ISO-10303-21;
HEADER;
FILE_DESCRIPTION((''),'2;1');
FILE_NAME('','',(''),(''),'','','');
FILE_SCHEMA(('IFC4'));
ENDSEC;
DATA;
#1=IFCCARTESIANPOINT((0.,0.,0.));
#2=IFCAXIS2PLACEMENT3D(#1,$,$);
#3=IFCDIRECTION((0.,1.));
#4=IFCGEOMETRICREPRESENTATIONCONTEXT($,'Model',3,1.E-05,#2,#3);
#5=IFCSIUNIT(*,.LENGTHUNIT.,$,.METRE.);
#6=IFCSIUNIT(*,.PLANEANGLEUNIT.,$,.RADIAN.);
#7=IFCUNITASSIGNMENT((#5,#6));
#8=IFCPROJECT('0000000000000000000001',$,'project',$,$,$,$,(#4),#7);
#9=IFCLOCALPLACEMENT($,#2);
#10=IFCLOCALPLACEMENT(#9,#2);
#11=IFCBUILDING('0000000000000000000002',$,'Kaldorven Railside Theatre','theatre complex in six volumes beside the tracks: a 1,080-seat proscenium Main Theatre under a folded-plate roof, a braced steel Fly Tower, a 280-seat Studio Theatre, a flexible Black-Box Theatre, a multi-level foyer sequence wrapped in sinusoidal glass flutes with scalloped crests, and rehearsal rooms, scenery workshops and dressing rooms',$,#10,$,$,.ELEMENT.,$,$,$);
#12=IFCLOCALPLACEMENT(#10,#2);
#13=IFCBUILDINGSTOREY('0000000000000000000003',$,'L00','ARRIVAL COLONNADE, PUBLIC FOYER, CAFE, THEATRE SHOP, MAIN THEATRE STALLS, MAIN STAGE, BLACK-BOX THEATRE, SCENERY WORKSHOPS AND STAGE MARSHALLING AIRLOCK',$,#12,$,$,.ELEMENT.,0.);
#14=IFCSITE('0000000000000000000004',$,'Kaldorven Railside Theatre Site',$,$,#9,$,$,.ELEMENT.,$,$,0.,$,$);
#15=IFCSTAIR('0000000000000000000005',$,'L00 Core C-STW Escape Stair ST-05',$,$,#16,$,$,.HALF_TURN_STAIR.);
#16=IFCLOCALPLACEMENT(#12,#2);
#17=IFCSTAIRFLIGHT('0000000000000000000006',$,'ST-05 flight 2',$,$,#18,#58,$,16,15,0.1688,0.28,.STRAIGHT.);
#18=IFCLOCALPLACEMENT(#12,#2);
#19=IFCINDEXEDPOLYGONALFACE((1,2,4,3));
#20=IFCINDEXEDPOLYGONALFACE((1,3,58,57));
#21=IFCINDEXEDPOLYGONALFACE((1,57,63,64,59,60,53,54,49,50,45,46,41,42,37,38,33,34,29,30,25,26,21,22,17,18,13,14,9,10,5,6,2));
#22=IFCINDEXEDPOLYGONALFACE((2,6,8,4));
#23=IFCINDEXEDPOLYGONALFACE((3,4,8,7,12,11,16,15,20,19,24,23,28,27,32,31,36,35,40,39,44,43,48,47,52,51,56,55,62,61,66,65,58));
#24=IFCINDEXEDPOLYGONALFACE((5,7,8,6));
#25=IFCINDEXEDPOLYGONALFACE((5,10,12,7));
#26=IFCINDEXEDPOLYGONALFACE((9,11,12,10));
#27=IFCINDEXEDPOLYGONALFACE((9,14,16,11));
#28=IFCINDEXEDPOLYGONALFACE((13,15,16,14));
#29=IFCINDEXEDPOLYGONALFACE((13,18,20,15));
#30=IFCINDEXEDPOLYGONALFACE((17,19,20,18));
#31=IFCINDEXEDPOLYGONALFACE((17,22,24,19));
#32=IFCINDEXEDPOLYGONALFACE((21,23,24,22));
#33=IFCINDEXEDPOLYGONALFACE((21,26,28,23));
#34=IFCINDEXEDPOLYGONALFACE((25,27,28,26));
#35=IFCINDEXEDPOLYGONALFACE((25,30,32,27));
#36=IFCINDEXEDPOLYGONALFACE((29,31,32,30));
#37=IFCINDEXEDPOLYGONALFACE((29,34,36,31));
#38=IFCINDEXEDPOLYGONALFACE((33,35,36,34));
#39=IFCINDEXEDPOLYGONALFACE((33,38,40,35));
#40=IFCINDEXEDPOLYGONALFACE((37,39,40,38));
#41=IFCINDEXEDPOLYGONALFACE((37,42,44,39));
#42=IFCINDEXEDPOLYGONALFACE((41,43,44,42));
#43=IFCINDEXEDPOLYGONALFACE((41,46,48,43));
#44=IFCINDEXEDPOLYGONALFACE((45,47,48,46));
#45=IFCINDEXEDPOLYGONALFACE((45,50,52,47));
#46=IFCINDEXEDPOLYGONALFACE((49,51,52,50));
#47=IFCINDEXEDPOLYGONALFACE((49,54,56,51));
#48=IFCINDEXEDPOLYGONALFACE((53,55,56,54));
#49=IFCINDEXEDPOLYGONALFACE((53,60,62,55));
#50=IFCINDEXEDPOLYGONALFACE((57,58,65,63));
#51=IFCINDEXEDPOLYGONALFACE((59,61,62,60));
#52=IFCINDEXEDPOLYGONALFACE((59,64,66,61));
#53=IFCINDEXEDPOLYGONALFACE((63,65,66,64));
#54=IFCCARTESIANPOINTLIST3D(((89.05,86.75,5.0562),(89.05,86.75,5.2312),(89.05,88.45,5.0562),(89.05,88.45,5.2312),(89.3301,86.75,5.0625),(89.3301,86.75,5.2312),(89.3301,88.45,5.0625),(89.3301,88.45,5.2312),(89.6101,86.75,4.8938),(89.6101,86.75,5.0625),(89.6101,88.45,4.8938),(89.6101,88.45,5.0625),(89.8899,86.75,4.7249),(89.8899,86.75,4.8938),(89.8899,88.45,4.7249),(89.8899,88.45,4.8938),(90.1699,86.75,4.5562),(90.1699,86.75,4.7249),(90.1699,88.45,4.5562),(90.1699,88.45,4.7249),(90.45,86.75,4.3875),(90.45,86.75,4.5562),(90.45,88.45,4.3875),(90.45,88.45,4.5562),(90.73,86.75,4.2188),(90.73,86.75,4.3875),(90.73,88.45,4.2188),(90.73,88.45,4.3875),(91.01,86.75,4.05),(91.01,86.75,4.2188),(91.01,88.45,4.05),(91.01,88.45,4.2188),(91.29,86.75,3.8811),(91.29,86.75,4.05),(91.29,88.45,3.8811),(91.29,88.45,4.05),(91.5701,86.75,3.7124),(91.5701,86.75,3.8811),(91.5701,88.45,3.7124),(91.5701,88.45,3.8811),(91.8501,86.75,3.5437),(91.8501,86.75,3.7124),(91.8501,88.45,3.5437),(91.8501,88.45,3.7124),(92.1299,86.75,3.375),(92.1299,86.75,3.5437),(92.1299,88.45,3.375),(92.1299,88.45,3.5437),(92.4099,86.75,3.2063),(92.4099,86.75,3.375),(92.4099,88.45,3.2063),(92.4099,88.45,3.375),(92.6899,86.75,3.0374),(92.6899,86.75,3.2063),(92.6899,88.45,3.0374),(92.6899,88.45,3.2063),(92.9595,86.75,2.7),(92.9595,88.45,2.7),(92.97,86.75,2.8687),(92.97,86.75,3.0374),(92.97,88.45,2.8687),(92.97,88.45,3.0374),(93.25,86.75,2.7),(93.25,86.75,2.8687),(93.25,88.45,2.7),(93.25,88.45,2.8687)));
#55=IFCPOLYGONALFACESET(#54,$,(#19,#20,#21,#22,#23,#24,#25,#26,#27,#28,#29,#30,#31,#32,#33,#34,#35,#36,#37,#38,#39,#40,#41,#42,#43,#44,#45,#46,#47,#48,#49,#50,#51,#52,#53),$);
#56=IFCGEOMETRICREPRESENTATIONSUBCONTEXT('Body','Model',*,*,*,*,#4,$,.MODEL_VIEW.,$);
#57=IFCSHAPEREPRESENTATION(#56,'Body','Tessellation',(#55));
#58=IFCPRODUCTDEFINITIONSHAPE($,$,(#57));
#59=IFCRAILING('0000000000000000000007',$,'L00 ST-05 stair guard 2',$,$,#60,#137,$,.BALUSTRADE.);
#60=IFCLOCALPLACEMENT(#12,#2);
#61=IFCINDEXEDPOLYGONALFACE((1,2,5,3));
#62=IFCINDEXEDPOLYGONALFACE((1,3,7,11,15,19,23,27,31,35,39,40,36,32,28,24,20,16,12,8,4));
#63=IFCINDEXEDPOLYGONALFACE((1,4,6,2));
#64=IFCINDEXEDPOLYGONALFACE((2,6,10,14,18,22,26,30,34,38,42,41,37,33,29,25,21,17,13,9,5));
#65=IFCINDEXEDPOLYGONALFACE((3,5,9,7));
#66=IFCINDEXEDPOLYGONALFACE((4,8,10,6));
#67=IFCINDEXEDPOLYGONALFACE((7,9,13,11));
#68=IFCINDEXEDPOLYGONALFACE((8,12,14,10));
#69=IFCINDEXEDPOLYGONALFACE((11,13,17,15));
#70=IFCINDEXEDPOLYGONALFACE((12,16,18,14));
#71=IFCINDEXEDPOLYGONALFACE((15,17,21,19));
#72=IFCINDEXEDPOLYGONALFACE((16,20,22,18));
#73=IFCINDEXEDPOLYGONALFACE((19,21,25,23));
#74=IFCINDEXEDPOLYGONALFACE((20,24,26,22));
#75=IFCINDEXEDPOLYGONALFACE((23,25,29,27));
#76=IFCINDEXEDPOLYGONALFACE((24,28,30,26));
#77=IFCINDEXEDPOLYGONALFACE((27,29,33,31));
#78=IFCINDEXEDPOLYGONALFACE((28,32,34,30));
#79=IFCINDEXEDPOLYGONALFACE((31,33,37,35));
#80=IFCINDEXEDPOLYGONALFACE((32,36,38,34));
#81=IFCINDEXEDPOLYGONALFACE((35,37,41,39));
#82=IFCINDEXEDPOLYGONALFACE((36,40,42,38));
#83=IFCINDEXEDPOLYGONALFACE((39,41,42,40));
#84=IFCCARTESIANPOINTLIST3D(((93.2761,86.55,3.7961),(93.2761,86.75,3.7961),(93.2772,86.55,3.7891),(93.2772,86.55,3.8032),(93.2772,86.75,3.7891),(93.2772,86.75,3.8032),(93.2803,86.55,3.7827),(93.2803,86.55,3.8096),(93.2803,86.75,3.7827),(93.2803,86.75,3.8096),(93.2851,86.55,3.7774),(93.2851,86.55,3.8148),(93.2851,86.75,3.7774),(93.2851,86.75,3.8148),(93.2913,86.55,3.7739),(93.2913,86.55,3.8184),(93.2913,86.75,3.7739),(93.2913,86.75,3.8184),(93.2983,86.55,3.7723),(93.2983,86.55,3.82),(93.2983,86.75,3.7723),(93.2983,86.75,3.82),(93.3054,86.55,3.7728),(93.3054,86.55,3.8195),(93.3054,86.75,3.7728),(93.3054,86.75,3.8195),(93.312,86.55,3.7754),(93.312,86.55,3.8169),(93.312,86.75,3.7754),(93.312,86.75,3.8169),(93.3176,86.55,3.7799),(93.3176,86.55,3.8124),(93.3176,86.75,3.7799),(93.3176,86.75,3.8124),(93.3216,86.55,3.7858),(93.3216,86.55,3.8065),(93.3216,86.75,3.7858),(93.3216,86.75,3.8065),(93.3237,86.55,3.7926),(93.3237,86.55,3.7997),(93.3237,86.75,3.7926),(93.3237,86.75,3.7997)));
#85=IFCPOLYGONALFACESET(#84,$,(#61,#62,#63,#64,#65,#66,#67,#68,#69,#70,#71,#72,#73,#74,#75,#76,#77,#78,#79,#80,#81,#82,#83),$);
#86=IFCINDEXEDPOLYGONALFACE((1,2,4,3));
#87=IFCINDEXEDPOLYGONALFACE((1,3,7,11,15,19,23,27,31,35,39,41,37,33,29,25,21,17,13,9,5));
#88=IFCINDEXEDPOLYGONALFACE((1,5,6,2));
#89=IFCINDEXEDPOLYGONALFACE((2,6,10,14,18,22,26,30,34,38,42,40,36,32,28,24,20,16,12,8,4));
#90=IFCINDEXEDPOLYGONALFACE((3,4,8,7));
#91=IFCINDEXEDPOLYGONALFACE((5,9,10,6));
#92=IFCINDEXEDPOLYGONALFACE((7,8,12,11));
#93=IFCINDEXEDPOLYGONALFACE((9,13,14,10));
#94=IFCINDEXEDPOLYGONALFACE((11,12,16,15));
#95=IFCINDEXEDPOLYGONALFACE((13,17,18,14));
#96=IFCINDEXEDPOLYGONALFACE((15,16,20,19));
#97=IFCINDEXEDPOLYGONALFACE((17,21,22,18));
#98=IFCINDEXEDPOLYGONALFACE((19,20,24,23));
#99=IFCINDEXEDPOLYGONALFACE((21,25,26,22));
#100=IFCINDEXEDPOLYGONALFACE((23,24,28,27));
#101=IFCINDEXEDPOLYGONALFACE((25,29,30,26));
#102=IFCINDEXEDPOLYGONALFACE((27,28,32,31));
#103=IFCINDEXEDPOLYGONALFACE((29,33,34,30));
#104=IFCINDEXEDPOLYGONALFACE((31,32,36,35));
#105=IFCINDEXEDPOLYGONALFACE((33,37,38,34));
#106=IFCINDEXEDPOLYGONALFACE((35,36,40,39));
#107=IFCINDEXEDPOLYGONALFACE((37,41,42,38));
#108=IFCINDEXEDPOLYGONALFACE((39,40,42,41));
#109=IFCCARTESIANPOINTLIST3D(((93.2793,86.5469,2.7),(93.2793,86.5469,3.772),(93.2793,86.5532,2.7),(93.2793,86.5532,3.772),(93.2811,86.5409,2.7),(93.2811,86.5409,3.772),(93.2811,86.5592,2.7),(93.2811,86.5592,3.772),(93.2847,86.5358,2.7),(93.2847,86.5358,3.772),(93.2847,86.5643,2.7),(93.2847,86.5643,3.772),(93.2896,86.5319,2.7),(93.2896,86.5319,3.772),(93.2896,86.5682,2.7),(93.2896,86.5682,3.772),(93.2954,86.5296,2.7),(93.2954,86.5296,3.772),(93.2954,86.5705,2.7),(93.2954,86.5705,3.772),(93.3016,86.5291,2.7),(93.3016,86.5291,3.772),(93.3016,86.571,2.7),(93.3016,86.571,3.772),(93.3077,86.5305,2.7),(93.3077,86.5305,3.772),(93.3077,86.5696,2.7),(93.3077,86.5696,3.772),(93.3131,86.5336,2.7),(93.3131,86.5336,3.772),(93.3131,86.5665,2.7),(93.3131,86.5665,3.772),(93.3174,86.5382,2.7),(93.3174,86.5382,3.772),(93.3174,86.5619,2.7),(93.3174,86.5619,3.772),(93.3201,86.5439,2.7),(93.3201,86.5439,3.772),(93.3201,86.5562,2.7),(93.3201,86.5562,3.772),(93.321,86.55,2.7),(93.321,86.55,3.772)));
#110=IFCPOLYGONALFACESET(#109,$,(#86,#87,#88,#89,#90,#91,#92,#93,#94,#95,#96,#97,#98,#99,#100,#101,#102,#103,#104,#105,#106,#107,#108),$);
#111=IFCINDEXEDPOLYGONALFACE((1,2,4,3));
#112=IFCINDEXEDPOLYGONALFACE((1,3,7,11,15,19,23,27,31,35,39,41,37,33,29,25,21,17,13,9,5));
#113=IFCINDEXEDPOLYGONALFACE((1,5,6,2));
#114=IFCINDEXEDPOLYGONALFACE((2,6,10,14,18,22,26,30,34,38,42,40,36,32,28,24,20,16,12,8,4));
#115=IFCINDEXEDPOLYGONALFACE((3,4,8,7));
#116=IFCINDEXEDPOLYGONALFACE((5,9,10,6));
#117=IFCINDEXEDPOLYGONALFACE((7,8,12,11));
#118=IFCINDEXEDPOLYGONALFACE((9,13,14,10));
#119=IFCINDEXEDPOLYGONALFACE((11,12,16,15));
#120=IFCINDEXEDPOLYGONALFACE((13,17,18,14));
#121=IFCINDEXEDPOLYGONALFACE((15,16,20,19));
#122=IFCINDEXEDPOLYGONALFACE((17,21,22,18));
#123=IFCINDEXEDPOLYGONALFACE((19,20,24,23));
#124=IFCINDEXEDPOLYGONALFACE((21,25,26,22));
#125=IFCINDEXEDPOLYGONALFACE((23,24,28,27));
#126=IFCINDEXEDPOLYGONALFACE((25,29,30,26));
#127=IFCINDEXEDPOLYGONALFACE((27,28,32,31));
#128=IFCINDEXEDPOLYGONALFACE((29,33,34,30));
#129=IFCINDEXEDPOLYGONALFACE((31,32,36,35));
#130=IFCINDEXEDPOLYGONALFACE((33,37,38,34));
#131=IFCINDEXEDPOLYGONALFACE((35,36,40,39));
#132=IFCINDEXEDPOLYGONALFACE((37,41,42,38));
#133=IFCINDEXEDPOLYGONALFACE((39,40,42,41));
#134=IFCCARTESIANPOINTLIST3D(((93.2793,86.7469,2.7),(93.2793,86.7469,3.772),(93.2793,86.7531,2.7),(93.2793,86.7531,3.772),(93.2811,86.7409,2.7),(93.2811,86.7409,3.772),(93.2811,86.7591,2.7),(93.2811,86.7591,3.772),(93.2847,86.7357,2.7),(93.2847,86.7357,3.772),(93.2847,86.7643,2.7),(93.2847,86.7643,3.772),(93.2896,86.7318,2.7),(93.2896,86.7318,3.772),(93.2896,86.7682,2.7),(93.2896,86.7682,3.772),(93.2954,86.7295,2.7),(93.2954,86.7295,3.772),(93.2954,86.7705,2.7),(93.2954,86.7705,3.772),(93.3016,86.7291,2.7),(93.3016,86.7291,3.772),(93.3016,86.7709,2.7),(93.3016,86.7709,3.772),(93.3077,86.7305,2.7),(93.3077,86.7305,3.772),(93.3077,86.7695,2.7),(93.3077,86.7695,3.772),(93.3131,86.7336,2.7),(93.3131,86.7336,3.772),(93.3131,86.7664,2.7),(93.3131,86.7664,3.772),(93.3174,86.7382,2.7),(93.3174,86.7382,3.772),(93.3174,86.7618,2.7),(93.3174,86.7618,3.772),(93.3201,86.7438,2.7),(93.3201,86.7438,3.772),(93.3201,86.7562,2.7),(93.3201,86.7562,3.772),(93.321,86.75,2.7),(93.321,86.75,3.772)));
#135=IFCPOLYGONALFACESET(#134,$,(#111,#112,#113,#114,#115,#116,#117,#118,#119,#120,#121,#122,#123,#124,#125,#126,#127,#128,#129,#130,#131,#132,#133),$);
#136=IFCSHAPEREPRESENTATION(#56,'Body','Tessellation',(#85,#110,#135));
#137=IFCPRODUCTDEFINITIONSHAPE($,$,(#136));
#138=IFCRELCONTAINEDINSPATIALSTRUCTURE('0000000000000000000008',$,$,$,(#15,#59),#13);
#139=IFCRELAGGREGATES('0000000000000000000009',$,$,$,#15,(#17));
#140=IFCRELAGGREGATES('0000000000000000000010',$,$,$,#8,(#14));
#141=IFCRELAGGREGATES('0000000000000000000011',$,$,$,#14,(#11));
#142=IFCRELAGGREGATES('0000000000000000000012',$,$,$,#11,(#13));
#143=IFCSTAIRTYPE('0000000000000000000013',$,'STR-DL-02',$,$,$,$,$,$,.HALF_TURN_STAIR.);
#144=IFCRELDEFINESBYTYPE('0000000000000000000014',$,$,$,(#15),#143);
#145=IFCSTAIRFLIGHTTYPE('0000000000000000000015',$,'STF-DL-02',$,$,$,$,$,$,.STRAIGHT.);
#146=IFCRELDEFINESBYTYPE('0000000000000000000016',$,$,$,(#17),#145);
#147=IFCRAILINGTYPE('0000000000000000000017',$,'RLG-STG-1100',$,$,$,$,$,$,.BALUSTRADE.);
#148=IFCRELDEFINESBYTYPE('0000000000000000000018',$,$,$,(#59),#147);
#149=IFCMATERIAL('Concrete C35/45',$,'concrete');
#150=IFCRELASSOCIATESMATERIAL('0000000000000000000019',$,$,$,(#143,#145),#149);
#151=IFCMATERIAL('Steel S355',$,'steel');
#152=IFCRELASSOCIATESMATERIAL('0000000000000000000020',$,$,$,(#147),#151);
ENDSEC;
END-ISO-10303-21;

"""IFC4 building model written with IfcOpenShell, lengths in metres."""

from ifc_helpers import new_model, si_unit, direction, frame, origin, origin_2d, place, context, subcontext, project, spatial, polyline, circle, outline, extrude, material, type_object, element, aggregate, save


model = new_model("IFC4")

# Units and contexts
model_context = context("Model", 3, precision=1e-05, world=origin(), true_north=direction((0.0, 1.0)))
body_context = subcontext(model_context, "Body", "Model", "MODEL_VIEW")
ifc_project = project(units=[si_unit("LENGTHUNIT", "METRE"), si_unit("PLANEANGLEUNIT", "RADIAN")], contexts=[model_context])

# Site, building, storey
site_placement = place(None, origin())
site = spatial("IfcSite", under=ifc_project, at=site_placement, Name="Kaldorven Railside Theatre Site", CompositionType="ELEMENT", RefElevation=0.0)
building_placement = place(site_placement, origin())
building = spatial("IfcBuilding", under=site, at=building_placement, Name="Kaldorven Railside Theatre", Description="theatre complex in six volumes beside the tracks: a 1,080-seat proscenium Main Theatre under a folded-plate roof, a braced steel Fly Tower, a 280-seat Studio Theatre, a flexible Black-Box Theatre, a multi-level foyer sequence wrapped in sinusoidal glass flutes with scalloped crests, and rehearsal rooms, scenery workshops and dressing rooms", CompositionType="ELEMENT")
storey_placement = place(building_placement, origin())
storey = spatial("IfcBuildingStorey", under=building, at=storey_placement, Name="L00", Description="ARRIVAL COLONNADE, PUBLIC FOYER, CAFE, THEATRE SHOP, MAIN THEATRE STALLS, MAIN STAGE, BLACK-BOX THEATRE, SCENERY WORKSHOPS AND STAGE MARSHALLING AIRLOCK", CompositionType="ELEMENT", Elevation=0.0)

# Shared definitions
ifc_material_1 = material(Name="Steel S355", Category="steel")

# Shared definitions
ifc_material_2 = material(Name="Concrete C35/45", Category="concrete")

# Stair, stair flight
stair_type = type_object("IfcStairType", Name="STR-DL-02", PredefinedType="HALF_TURN_STAIR", material=ifc_material_2)
stair_placement = place(storey_placement, origin())
stair = element("IfcStair", 1, at=stair_placement, inside=storey, type_object=stair_type, Name="L00 Core C-STW Escape Stair ST-05", PredefinedType="HALF_TURN_STAIR")
stair_flight_type = type_object("IfcStairFlightType", Name="STF-DL-02", PredefinedType="STRAIGHT", material=ifc_material_2)
stair_flight_placement = place(storey_placement, frame((93.25, 87.6001, 2.7), z_axis=(0.0, 0.0, 1.0), x_axis=(-1.0, 0.0, 0.0)))
stair_flight = element("IfcStairFlight", 2, at=stair_flight_placement, type_object=stair_flight_type, Name="ST-05 flight 2", NumberOfRisers=16, NumberOfTreads=15, PredefinedType="STRAIGHT", RiserHeight=0.1688, TreadLength=0.28, context=body_context, shape_type="SweptSolid", body=[
    extrude(outline(polyline([(0.0, 0.0), (0.0, 0.1687), (0.28, 0.1687), (0.28, 0.3374), (0.5601, 0.3374), (0.5601, 0.5063), (0.8401, 0.5063), (0.8401, 0.675), (1.1201, 0.675), (1.1201, 0.8438), (1.3999, 0.8438), (1.3999, 1.0125), (1.6799, 1.0125), (1.6799, 1.1812), (1.96, 1.1812), (1.96, 1.3501), (2.24, 1.3501), (2.24, 1.5188), (2.52, 1.5188), (2.52, 1.6875), (2.8, 1.6875), (2.8, 1.8562), (3.0801, 1.8562), (3.0801, 2.0249), (3.3601, 2.0249), (3.3601, 2.1938), (3.6399, 2.1938), (3.6399, 2.3625), (3.9199, 2.3625), (3.9199, 2.5312), (4.2, 2.5312), (4.2, 2.7), (4.2, 2.3562), (0.2905, 0.0), (0.0, 0.0)])), frame((0.0, 0.8501, 0.0), z_axis=(0.0, -1.0, 0.0), x_axis=(1.0, 0.0, 0.0)), (0.0, 0.0, 1.0), 1.7),
])
aggregate(stair, [stair_flight])

# Railing
railing_type_1 = type_object("IfcRailingType", Name="RLG-STG-1100", PredefinedType="BALUSTRADE", material=ifc_material_1)
railing_1_placement = place(storey_placement, frame((93.3, 86.55, 2.7)))
element("IfcRailing", 3, at=railing_1_placement, inside=storey, type_object=railing_type_1, Name="L00 ST-05 stair guard 2", PredefinedType="BALUSTRADE", context=body_context, shape_type="SweptSolid", body=[
    extrude(circle(Radius=0.0239, at=origin_2d()), frame((0.0, 0.0, 1.0962), z_axis=(0.0, 1.0, 0.0), x_axis=(-1.0, 0.0, 0.0)), (0.0, 0.0, 1.0), 0.2),
    extrude(circle(Radius=0.021, at=origin_2d()), origin(), (0.0, 0.0, 1.0), 1.072),
    extrude(circle(Radius=0.021, at=origin_2d()), frame((0.0, 0.2, 0.0)), (0.0, 0.0, 1.0), 1.072),
])

save(model, "model.ifc")
